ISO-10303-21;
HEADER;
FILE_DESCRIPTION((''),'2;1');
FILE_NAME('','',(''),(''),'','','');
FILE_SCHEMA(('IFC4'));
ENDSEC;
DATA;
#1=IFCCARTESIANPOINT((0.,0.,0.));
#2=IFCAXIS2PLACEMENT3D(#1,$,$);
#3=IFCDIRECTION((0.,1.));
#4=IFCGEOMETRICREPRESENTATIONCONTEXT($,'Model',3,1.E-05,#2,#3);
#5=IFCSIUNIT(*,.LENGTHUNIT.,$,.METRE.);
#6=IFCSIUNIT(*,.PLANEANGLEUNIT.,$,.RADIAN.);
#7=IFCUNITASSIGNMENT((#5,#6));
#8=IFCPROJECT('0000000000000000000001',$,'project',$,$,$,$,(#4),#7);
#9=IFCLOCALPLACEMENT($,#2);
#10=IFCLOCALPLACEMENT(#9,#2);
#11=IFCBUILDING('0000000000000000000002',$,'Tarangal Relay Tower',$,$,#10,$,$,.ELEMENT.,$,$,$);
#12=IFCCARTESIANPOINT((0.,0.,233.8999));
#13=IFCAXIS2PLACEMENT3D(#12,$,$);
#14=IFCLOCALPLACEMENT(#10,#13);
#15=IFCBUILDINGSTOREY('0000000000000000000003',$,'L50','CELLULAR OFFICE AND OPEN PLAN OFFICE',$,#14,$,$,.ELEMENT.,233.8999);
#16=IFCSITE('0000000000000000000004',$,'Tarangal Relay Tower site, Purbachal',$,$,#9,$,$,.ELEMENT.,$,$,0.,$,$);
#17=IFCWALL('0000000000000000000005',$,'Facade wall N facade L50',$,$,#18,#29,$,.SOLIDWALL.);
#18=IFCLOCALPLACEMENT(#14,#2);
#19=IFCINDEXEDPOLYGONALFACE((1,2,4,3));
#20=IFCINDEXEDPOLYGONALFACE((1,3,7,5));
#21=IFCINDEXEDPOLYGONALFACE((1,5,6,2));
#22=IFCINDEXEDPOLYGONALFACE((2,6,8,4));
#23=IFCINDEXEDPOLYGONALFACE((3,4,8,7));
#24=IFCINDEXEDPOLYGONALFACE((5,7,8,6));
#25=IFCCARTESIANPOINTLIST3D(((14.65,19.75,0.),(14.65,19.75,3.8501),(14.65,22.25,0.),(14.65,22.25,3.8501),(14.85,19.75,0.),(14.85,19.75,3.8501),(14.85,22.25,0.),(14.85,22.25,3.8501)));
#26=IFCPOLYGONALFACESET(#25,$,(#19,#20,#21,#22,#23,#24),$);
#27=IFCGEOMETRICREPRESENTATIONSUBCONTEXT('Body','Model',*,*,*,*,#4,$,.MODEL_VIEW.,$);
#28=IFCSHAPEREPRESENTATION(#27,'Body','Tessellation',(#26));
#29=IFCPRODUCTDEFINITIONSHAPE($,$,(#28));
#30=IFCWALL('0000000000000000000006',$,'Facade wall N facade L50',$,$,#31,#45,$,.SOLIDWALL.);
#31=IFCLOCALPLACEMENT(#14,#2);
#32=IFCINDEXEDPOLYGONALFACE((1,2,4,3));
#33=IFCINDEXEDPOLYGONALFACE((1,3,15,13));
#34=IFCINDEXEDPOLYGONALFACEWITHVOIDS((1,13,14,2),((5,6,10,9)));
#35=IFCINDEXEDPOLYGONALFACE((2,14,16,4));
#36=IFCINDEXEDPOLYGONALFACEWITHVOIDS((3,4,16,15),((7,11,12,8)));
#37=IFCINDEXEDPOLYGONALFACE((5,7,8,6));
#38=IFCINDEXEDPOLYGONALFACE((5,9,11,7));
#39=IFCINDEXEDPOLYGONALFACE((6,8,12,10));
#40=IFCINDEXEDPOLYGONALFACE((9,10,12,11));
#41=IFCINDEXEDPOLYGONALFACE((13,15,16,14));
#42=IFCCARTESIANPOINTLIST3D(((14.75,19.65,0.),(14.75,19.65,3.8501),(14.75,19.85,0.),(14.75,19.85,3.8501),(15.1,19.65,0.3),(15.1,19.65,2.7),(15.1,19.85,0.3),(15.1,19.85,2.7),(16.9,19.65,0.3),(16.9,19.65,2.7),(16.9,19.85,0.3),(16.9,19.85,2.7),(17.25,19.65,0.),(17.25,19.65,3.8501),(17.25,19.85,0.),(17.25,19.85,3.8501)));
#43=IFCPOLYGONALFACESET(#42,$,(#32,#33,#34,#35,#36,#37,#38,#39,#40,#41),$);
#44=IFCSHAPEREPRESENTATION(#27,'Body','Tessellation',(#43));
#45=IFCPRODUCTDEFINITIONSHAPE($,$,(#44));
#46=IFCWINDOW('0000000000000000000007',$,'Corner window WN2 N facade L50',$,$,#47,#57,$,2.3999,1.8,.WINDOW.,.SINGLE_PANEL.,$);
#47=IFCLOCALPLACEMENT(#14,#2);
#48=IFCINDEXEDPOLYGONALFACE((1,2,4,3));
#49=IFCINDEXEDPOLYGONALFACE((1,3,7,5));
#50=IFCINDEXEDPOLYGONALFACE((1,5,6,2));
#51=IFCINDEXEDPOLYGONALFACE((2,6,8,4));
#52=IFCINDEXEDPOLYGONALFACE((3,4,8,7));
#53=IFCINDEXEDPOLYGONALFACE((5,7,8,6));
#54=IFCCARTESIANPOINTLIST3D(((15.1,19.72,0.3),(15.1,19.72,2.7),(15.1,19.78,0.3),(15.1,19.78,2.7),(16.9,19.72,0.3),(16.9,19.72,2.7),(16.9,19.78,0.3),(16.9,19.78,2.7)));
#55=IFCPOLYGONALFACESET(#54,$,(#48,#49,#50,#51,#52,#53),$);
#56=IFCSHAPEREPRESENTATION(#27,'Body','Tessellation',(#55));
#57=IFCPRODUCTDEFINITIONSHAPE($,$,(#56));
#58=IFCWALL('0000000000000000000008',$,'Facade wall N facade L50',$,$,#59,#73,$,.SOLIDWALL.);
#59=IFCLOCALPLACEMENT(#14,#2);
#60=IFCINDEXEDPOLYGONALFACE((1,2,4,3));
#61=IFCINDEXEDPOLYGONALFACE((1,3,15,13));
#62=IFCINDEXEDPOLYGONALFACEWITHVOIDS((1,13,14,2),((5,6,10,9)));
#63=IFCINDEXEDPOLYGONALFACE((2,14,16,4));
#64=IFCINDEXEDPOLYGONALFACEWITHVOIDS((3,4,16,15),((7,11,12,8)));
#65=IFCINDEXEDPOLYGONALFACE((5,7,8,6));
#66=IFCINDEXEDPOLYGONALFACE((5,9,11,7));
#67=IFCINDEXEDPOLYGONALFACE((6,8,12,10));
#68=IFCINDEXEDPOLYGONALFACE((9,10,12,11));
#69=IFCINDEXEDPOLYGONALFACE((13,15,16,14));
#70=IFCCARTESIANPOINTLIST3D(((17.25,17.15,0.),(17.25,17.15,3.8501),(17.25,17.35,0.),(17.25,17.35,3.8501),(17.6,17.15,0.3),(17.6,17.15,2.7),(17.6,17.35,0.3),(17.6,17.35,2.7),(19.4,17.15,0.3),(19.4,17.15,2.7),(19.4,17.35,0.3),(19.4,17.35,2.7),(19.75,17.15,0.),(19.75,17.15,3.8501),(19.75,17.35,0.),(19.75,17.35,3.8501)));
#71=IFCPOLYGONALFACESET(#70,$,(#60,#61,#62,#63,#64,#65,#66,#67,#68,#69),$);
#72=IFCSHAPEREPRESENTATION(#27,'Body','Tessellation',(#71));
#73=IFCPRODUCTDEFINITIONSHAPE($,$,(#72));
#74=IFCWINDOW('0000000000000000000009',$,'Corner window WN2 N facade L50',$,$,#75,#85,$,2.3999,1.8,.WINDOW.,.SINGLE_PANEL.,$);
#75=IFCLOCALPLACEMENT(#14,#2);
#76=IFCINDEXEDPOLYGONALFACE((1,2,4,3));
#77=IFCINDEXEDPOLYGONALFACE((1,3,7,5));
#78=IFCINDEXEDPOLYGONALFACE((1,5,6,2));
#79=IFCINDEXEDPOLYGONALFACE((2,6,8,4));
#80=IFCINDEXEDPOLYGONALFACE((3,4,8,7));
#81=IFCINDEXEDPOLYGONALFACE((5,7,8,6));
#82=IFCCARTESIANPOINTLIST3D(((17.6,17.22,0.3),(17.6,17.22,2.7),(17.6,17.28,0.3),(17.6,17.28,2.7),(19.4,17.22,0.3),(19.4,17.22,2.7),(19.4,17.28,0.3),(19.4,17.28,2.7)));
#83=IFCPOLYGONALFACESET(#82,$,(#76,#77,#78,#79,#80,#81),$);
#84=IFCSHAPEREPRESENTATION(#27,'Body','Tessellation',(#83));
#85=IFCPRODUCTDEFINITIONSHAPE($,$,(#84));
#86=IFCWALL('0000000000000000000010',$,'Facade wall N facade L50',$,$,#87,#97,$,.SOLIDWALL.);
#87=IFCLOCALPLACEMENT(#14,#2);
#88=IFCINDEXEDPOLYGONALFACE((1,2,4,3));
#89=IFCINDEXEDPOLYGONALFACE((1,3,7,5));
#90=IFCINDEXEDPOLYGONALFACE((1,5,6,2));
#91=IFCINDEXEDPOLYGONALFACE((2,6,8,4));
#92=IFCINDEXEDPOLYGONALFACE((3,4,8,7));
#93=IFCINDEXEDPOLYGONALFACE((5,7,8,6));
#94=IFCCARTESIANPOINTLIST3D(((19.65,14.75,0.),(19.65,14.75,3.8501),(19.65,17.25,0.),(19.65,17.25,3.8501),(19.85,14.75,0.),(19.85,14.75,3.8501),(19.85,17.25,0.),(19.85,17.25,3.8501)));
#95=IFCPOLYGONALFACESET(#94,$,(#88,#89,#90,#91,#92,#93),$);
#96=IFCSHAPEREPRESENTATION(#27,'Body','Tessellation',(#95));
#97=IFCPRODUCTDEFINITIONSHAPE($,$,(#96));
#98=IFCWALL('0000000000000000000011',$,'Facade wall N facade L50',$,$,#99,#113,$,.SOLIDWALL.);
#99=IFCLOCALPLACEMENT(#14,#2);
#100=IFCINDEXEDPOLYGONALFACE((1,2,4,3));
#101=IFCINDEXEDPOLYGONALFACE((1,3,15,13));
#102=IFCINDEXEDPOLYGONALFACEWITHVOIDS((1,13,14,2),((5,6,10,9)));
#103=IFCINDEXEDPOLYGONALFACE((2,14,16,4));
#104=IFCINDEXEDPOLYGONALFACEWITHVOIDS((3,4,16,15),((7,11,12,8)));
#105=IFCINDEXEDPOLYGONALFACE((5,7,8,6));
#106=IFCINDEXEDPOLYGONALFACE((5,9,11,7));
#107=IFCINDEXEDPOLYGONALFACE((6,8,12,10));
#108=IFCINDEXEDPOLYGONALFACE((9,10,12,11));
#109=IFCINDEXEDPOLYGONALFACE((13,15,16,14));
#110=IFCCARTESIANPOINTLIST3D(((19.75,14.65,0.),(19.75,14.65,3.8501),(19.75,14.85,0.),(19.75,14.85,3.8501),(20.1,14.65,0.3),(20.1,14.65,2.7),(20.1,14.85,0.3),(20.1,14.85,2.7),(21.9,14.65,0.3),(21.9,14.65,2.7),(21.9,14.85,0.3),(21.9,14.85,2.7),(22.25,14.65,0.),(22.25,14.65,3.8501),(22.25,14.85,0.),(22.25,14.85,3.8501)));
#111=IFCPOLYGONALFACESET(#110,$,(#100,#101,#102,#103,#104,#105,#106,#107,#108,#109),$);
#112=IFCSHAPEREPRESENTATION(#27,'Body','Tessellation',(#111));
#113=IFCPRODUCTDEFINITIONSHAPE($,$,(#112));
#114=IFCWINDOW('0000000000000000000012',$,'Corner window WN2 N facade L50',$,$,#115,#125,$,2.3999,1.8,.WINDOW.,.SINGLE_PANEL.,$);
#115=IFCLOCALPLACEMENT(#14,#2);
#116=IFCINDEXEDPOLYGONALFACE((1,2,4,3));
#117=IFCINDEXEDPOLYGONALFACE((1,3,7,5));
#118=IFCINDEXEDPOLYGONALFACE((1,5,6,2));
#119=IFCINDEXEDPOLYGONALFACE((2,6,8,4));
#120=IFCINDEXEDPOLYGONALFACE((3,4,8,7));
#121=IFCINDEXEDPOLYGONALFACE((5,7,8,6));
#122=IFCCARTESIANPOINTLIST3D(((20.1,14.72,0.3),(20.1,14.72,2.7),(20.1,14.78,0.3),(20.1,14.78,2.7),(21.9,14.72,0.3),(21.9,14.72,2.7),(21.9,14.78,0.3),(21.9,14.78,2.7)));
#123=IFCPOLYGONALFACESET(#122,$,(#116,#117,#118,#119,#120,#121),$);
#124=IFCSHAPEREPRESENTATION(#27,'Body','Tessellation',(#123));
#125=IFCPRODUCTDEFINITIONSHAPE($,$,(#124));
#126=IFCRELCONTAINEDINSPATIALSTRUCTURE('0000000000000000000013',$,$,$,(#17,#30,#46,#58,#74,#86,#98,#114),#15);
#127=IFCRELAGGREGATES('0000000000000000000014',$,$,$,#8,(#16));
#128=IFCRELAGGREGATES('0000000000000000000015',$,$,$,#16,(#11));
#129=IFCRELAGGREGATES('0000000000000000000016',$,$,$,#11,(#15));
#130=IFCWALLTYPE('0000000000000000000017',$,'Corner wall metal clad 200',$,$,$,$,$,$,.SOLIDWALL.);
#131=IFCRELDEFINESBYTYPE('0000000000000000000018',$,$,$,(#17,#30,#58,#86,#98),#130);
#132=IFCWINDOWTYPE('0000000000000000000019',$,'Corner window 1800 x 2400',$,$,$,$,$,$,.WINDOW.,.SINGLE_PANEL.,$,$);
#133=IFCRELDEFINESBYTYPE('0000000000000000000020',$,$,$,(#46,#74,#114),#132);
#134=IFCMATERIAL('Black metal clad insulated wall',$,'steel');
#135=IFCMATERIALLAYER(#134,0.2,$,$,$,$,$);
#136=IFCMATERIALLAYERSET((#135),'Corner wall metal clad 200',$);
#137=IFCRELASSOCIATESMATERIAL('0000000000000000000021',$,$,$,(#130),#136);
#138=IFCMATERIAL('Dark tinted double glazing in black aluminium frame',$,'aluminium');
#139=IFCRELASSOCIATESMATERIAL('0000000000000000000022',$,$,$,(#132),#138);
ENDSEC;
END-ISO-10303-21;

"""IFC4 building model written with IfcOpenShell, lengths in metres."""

from ifc_helpers import new_model, si_unit, direction, frame, frame_2d, origin, place, context, subcontext, project, spatial, rectangle, extrude, material, layer, layer_set, type_object, element, fill, save


model = new_model("IFC4")

# Units and contexts
model_context = context("Model", 3, precision=1e-05, world=origin(), true_north=direction((0.0, 1.0)))
body_context = subcontext(model_context, "Body", "Model", "MODEL_VIEW")
ifc_project = project(units=[si_unit("LENGTHUNIT", "METRE"), si_unit("PLANEANGLEUNIT", "RADIAN")], contexts=[model_context])

# Site, building, storey
site_placement = place(None, origin())
site = spatial("IfcSite", under=ifc_project, at=site_placement, Name="Tarangal Relay Tower site, Purbachal", CompositionType="ELEMENT", RefElevation=0.0)
building_placement = place(site_placement, origin())
building = spatial("IfcBuilding", under=site, at=building_placement, Name="Tarangal Relay Tower", CompositionType="ELEMENT")
storey_placement = place(building_placement, frame((0.0, 0.0, 233.8999)))
storey = spatial("IfcBuildingStorey", under=building, at=storey_placement, Name="L50", Description="CELLULAR OFFICE AND OPEN PLAN OFFICE", CompositionType="ELEMENT", Elevation=233.8999)

# Wall
ifc_material_1 = material(Name="Black metal clad insulated wall", Category="steel")
ifc_layer_1 = layer(ifc_material_1, 0.2)
ifc_layer_set_1 = layer_set([ifc_layer_1], Name="Corner wall metal clad 200")
wall_type_1 = type_object("IfcWallType", Name="Corner wall metal clad 200", PredefinedType="SOLIDWALL", material=ifc_layer_set_1)
wall_1_placement = place(storey_placement, frame((14.75, 22.25, 0.0), z_axis=(0.0, 0.0, 1.0), x_axis=(0.0, -1.0, 0.0)))
element("IfcWall", 1, at=wall_1_placement, inside=storey, type_object=wall_type_1, Name="Facade wall N facade L50", PredefinedType="SOLIDWALL", context=body_context, shape_type="SweptSolid", body=[
    extrude(rectangle(XDim=2.5, YDim=0.2, at=frame_2d((1.25, 0.0))), origin(), (0.0, 0.0, 1.0), 3.8501),
])

# Wall, opening, window
wall_2_placement = place(storey_placement, frame((14.75, 19.75, 0.0), z_axis=(0.0, 0.0, 1.0), x_axis=(1.0, 0.0, 0.0)))
wall_2 = element("IfcWall", 2, at=wall_2_placement, inside=storey, type_object=wall_type_1, Name="Facade wall N facade L50", PredefinedType="SOLIDWALL", context=body_context, shape_type="SweptSolid", body=[
    extrude(rectangle(XDim=2.5, YDim=0.2, at=frame_2d((1.25, 0.0))), origin(), (0.0, 0.0, 1.0), 3.8501),
])
opening_1_placement = place(wall_2_placement, frame((0.3501, 0.0, 0.3)))
opening_1 = element("IfcOpeningElement", 3, at=opening_1_placement, cuts=wall_2, PredefinedType="OPENING", context=body_context, shape_type="SweptSolid", body=[
    extrude(rectangle(XDim=1.8, YDim=2.3999, at=frame_2d((0.8999, 1.2))), frame((0.0, 0.1099, 0.0), z_axis=(0.0, -1.0, 0.0), x_axis=(1.0, 0.0, 0.0)), (0.0, 0.0, 1.0), 0.22),
])
ifc_material_2 = material(Name="Dark tinted double glazing in black aluminium frame", Category="aluminium")
window_type = type_object("IfcWindowType", Name="Corner window 1800 x 2400", PartitioningType="SINGLE_PANEL", PredefinedType="WINDOW", material=ifc_material_2)
window_1_placement = place(opening_1_placement, origin())
window_1 = element("IfcWindow", 4, at=window_1_placement, inside=storey, type_object=window_type, Name="Corner window WN2 N facade L50", OverallHeight=2.3999, OverallWidth=1.8, PartitioningType="SINGLE_PANEL", PredefinedType="WINDOW", context=body_context, shape_type="SweptSolid", body=[
    extrude(rectangle(XDim=1.8, YDim=2.3999, at=frame_2d((0.8999, 1.2))), frame((0.0, 0.03, 0.0), z_axis=(0.0, -1.0, 0.0), x_axis=(1.0, 0.0, 0.0)), (0.0, 0.0, 1.0), 0.0601),
])
fill(opening_1, window_1)

# Wall, opening, window
wall_3_placement = place(storey_placement, frame((17.25, 17.25, 0.0), z_axis=(0.0, 0.0, 1.0), x_axis=(1.0, 0.0, 0.0)))
wall_3 = element("IfcWall", 5, at=wall_3_placement, inside=storey, type_object=wall_type_1, Name="Facade wall N facade L50", PredefinedType="SOLIDWALL", context=body_context, shape_type="SweptSolid", body=[
    extrude(rectangle(XDim=2.5, YDim=0.2, at=frame_2d((1.25, 0.0))), origin(), (0.0, 0.0, 1.0), 3.8501),
])
opening_2_placement = place(wall_3_placement, frame((0.3501, 0.0, 0.3)))
opening_2 = element("IfcOpeningElement", 6, at=opening_2_placement, cuts=wall_3, PredefinedType="OPENING", context=body_context, shape_type="SweptSolid", body=[
    extrude(rectangle(XDim=1.8, YDim=2.3999, at=frame_2d((0.8999, 1.2))), frame((0.0, 0.1099, 0.0), z_axis=(0.0, -1.0, 0.0), x_axis=(1.0, 0.0, 0.0)), (0.0, 0.0, 1.0), 0.22),
])
window_2_placement = place(opening_2_placement, origin())
window_2 = element("IfcWindow", 7, at=window_2_placement, inside=storey, type_object=window_type, Name="Corner window WN2 N facade L50", OverallHeight=2.3999, OverallWidth=1.8, PartitioningType="SINGLE_PANEL", PredefinedType="WINDOW", context=body_context, shape_type="SweptSolid", body=[
    extrude(rectangle(XDim=1.8, YDim=2.3999, at=frame_2d((0.8999, 1.2))), frame((0.0, 0.03, 0.0), z_axis=(0.0, -1.0, 0.0), x_axis=(1.0, 0.0, 0.0)), (0.0, 0.0, 1.0), 0.0601),
])
fill(opening_2, window_2)

# Wall
wall_4_placement = place(storey_placement, frame((19.75, 17.25, 0.0), z_axis=(0.0, 0.0, 1.0), x_axis=(0.0, -1.0, 0.0)))
element("IfcWall", 8, at=wall_4_placement, inside=storey, type_object=wall_type_1, Name="Facade wall N facade L50", PredefinedType="SOLIDWALL", context=body_context, shape_type="SweptSolid", body=[
    extrude(rectangle(XDim=2.5, YDim=0.2, at=frame_2d((1.25, 0.0))), origin(), (0.0, 0.0, 1.0), 3.8501),
])

# Wall, opening, window
wall_5_placement = place(storey_placement, frame((19.75, 14.75, 0.0), z_axis=(0.0, 0.0, 1.0), x_axis=(1.0, 0.0, 0.0)))
wall_5 = element("IfcWall", 9, at=wall_5_placement, inside=storey, type_object=wall_type_1, Name="Facade wall N facade L50", PredefinedType="SOLIDWALL", context=body_context, shape_type="SweptSolid", body=[
    extrude(rectangle(XDim=2.5, YDim=0.2, at=frame_2d((1.25, 0.0))), origin(), (0.0, 0.0, 1.0), 3.8501),
])
opening_3_placement = place(wall_5_placement, frame((0.3501, 0.0, 0.3)))
opening_3 = element("IfcOpeningElement", 10, at=opening_3_placement, cuts=wall_5, PredefinedType="OPENING", context=body_context, shape_type="SweptSolid", body=[
    extrude(rectangle(XDim=1.8, YDim=2.3999, at=frame_2d((0.8999, 1.2))), frame((0.0, 0.1099, 0.0), z_axis=(0.0, -1.0, 0.0), x_axis=(1.0, 0.0, 0.0)), (0.0, 0.0, 1.0), 0.22),
])
window_3_placement = place(opening_3_placement, origin())
window_3 = element("IfcWindow", 11, at=window_3_placement, inside=storey, type_object=window_type, Name="Corner window WN2 N facade L50", OverallHeight=2.3999, OverallWidth=1.8, PartitioningType="SINGLE_PANEL", PredefinedType="WINDOW", context=body_context, shape_type="SweptSolid", body=[
    extrude(rectangle(XDim=1.8, YDim=2.3999, at=frame_2d((0.8999, 1.2))), frame((0.0, 0.03, 0.0), z_axis=(0.0, -1.0, 0.0), x_axis=(1.0, 0.0, 0.0)), (0.0, 0.0, 1.0), 0.0601),
])
fill(opening_3, window_3)

save(model, "model.ifc")
